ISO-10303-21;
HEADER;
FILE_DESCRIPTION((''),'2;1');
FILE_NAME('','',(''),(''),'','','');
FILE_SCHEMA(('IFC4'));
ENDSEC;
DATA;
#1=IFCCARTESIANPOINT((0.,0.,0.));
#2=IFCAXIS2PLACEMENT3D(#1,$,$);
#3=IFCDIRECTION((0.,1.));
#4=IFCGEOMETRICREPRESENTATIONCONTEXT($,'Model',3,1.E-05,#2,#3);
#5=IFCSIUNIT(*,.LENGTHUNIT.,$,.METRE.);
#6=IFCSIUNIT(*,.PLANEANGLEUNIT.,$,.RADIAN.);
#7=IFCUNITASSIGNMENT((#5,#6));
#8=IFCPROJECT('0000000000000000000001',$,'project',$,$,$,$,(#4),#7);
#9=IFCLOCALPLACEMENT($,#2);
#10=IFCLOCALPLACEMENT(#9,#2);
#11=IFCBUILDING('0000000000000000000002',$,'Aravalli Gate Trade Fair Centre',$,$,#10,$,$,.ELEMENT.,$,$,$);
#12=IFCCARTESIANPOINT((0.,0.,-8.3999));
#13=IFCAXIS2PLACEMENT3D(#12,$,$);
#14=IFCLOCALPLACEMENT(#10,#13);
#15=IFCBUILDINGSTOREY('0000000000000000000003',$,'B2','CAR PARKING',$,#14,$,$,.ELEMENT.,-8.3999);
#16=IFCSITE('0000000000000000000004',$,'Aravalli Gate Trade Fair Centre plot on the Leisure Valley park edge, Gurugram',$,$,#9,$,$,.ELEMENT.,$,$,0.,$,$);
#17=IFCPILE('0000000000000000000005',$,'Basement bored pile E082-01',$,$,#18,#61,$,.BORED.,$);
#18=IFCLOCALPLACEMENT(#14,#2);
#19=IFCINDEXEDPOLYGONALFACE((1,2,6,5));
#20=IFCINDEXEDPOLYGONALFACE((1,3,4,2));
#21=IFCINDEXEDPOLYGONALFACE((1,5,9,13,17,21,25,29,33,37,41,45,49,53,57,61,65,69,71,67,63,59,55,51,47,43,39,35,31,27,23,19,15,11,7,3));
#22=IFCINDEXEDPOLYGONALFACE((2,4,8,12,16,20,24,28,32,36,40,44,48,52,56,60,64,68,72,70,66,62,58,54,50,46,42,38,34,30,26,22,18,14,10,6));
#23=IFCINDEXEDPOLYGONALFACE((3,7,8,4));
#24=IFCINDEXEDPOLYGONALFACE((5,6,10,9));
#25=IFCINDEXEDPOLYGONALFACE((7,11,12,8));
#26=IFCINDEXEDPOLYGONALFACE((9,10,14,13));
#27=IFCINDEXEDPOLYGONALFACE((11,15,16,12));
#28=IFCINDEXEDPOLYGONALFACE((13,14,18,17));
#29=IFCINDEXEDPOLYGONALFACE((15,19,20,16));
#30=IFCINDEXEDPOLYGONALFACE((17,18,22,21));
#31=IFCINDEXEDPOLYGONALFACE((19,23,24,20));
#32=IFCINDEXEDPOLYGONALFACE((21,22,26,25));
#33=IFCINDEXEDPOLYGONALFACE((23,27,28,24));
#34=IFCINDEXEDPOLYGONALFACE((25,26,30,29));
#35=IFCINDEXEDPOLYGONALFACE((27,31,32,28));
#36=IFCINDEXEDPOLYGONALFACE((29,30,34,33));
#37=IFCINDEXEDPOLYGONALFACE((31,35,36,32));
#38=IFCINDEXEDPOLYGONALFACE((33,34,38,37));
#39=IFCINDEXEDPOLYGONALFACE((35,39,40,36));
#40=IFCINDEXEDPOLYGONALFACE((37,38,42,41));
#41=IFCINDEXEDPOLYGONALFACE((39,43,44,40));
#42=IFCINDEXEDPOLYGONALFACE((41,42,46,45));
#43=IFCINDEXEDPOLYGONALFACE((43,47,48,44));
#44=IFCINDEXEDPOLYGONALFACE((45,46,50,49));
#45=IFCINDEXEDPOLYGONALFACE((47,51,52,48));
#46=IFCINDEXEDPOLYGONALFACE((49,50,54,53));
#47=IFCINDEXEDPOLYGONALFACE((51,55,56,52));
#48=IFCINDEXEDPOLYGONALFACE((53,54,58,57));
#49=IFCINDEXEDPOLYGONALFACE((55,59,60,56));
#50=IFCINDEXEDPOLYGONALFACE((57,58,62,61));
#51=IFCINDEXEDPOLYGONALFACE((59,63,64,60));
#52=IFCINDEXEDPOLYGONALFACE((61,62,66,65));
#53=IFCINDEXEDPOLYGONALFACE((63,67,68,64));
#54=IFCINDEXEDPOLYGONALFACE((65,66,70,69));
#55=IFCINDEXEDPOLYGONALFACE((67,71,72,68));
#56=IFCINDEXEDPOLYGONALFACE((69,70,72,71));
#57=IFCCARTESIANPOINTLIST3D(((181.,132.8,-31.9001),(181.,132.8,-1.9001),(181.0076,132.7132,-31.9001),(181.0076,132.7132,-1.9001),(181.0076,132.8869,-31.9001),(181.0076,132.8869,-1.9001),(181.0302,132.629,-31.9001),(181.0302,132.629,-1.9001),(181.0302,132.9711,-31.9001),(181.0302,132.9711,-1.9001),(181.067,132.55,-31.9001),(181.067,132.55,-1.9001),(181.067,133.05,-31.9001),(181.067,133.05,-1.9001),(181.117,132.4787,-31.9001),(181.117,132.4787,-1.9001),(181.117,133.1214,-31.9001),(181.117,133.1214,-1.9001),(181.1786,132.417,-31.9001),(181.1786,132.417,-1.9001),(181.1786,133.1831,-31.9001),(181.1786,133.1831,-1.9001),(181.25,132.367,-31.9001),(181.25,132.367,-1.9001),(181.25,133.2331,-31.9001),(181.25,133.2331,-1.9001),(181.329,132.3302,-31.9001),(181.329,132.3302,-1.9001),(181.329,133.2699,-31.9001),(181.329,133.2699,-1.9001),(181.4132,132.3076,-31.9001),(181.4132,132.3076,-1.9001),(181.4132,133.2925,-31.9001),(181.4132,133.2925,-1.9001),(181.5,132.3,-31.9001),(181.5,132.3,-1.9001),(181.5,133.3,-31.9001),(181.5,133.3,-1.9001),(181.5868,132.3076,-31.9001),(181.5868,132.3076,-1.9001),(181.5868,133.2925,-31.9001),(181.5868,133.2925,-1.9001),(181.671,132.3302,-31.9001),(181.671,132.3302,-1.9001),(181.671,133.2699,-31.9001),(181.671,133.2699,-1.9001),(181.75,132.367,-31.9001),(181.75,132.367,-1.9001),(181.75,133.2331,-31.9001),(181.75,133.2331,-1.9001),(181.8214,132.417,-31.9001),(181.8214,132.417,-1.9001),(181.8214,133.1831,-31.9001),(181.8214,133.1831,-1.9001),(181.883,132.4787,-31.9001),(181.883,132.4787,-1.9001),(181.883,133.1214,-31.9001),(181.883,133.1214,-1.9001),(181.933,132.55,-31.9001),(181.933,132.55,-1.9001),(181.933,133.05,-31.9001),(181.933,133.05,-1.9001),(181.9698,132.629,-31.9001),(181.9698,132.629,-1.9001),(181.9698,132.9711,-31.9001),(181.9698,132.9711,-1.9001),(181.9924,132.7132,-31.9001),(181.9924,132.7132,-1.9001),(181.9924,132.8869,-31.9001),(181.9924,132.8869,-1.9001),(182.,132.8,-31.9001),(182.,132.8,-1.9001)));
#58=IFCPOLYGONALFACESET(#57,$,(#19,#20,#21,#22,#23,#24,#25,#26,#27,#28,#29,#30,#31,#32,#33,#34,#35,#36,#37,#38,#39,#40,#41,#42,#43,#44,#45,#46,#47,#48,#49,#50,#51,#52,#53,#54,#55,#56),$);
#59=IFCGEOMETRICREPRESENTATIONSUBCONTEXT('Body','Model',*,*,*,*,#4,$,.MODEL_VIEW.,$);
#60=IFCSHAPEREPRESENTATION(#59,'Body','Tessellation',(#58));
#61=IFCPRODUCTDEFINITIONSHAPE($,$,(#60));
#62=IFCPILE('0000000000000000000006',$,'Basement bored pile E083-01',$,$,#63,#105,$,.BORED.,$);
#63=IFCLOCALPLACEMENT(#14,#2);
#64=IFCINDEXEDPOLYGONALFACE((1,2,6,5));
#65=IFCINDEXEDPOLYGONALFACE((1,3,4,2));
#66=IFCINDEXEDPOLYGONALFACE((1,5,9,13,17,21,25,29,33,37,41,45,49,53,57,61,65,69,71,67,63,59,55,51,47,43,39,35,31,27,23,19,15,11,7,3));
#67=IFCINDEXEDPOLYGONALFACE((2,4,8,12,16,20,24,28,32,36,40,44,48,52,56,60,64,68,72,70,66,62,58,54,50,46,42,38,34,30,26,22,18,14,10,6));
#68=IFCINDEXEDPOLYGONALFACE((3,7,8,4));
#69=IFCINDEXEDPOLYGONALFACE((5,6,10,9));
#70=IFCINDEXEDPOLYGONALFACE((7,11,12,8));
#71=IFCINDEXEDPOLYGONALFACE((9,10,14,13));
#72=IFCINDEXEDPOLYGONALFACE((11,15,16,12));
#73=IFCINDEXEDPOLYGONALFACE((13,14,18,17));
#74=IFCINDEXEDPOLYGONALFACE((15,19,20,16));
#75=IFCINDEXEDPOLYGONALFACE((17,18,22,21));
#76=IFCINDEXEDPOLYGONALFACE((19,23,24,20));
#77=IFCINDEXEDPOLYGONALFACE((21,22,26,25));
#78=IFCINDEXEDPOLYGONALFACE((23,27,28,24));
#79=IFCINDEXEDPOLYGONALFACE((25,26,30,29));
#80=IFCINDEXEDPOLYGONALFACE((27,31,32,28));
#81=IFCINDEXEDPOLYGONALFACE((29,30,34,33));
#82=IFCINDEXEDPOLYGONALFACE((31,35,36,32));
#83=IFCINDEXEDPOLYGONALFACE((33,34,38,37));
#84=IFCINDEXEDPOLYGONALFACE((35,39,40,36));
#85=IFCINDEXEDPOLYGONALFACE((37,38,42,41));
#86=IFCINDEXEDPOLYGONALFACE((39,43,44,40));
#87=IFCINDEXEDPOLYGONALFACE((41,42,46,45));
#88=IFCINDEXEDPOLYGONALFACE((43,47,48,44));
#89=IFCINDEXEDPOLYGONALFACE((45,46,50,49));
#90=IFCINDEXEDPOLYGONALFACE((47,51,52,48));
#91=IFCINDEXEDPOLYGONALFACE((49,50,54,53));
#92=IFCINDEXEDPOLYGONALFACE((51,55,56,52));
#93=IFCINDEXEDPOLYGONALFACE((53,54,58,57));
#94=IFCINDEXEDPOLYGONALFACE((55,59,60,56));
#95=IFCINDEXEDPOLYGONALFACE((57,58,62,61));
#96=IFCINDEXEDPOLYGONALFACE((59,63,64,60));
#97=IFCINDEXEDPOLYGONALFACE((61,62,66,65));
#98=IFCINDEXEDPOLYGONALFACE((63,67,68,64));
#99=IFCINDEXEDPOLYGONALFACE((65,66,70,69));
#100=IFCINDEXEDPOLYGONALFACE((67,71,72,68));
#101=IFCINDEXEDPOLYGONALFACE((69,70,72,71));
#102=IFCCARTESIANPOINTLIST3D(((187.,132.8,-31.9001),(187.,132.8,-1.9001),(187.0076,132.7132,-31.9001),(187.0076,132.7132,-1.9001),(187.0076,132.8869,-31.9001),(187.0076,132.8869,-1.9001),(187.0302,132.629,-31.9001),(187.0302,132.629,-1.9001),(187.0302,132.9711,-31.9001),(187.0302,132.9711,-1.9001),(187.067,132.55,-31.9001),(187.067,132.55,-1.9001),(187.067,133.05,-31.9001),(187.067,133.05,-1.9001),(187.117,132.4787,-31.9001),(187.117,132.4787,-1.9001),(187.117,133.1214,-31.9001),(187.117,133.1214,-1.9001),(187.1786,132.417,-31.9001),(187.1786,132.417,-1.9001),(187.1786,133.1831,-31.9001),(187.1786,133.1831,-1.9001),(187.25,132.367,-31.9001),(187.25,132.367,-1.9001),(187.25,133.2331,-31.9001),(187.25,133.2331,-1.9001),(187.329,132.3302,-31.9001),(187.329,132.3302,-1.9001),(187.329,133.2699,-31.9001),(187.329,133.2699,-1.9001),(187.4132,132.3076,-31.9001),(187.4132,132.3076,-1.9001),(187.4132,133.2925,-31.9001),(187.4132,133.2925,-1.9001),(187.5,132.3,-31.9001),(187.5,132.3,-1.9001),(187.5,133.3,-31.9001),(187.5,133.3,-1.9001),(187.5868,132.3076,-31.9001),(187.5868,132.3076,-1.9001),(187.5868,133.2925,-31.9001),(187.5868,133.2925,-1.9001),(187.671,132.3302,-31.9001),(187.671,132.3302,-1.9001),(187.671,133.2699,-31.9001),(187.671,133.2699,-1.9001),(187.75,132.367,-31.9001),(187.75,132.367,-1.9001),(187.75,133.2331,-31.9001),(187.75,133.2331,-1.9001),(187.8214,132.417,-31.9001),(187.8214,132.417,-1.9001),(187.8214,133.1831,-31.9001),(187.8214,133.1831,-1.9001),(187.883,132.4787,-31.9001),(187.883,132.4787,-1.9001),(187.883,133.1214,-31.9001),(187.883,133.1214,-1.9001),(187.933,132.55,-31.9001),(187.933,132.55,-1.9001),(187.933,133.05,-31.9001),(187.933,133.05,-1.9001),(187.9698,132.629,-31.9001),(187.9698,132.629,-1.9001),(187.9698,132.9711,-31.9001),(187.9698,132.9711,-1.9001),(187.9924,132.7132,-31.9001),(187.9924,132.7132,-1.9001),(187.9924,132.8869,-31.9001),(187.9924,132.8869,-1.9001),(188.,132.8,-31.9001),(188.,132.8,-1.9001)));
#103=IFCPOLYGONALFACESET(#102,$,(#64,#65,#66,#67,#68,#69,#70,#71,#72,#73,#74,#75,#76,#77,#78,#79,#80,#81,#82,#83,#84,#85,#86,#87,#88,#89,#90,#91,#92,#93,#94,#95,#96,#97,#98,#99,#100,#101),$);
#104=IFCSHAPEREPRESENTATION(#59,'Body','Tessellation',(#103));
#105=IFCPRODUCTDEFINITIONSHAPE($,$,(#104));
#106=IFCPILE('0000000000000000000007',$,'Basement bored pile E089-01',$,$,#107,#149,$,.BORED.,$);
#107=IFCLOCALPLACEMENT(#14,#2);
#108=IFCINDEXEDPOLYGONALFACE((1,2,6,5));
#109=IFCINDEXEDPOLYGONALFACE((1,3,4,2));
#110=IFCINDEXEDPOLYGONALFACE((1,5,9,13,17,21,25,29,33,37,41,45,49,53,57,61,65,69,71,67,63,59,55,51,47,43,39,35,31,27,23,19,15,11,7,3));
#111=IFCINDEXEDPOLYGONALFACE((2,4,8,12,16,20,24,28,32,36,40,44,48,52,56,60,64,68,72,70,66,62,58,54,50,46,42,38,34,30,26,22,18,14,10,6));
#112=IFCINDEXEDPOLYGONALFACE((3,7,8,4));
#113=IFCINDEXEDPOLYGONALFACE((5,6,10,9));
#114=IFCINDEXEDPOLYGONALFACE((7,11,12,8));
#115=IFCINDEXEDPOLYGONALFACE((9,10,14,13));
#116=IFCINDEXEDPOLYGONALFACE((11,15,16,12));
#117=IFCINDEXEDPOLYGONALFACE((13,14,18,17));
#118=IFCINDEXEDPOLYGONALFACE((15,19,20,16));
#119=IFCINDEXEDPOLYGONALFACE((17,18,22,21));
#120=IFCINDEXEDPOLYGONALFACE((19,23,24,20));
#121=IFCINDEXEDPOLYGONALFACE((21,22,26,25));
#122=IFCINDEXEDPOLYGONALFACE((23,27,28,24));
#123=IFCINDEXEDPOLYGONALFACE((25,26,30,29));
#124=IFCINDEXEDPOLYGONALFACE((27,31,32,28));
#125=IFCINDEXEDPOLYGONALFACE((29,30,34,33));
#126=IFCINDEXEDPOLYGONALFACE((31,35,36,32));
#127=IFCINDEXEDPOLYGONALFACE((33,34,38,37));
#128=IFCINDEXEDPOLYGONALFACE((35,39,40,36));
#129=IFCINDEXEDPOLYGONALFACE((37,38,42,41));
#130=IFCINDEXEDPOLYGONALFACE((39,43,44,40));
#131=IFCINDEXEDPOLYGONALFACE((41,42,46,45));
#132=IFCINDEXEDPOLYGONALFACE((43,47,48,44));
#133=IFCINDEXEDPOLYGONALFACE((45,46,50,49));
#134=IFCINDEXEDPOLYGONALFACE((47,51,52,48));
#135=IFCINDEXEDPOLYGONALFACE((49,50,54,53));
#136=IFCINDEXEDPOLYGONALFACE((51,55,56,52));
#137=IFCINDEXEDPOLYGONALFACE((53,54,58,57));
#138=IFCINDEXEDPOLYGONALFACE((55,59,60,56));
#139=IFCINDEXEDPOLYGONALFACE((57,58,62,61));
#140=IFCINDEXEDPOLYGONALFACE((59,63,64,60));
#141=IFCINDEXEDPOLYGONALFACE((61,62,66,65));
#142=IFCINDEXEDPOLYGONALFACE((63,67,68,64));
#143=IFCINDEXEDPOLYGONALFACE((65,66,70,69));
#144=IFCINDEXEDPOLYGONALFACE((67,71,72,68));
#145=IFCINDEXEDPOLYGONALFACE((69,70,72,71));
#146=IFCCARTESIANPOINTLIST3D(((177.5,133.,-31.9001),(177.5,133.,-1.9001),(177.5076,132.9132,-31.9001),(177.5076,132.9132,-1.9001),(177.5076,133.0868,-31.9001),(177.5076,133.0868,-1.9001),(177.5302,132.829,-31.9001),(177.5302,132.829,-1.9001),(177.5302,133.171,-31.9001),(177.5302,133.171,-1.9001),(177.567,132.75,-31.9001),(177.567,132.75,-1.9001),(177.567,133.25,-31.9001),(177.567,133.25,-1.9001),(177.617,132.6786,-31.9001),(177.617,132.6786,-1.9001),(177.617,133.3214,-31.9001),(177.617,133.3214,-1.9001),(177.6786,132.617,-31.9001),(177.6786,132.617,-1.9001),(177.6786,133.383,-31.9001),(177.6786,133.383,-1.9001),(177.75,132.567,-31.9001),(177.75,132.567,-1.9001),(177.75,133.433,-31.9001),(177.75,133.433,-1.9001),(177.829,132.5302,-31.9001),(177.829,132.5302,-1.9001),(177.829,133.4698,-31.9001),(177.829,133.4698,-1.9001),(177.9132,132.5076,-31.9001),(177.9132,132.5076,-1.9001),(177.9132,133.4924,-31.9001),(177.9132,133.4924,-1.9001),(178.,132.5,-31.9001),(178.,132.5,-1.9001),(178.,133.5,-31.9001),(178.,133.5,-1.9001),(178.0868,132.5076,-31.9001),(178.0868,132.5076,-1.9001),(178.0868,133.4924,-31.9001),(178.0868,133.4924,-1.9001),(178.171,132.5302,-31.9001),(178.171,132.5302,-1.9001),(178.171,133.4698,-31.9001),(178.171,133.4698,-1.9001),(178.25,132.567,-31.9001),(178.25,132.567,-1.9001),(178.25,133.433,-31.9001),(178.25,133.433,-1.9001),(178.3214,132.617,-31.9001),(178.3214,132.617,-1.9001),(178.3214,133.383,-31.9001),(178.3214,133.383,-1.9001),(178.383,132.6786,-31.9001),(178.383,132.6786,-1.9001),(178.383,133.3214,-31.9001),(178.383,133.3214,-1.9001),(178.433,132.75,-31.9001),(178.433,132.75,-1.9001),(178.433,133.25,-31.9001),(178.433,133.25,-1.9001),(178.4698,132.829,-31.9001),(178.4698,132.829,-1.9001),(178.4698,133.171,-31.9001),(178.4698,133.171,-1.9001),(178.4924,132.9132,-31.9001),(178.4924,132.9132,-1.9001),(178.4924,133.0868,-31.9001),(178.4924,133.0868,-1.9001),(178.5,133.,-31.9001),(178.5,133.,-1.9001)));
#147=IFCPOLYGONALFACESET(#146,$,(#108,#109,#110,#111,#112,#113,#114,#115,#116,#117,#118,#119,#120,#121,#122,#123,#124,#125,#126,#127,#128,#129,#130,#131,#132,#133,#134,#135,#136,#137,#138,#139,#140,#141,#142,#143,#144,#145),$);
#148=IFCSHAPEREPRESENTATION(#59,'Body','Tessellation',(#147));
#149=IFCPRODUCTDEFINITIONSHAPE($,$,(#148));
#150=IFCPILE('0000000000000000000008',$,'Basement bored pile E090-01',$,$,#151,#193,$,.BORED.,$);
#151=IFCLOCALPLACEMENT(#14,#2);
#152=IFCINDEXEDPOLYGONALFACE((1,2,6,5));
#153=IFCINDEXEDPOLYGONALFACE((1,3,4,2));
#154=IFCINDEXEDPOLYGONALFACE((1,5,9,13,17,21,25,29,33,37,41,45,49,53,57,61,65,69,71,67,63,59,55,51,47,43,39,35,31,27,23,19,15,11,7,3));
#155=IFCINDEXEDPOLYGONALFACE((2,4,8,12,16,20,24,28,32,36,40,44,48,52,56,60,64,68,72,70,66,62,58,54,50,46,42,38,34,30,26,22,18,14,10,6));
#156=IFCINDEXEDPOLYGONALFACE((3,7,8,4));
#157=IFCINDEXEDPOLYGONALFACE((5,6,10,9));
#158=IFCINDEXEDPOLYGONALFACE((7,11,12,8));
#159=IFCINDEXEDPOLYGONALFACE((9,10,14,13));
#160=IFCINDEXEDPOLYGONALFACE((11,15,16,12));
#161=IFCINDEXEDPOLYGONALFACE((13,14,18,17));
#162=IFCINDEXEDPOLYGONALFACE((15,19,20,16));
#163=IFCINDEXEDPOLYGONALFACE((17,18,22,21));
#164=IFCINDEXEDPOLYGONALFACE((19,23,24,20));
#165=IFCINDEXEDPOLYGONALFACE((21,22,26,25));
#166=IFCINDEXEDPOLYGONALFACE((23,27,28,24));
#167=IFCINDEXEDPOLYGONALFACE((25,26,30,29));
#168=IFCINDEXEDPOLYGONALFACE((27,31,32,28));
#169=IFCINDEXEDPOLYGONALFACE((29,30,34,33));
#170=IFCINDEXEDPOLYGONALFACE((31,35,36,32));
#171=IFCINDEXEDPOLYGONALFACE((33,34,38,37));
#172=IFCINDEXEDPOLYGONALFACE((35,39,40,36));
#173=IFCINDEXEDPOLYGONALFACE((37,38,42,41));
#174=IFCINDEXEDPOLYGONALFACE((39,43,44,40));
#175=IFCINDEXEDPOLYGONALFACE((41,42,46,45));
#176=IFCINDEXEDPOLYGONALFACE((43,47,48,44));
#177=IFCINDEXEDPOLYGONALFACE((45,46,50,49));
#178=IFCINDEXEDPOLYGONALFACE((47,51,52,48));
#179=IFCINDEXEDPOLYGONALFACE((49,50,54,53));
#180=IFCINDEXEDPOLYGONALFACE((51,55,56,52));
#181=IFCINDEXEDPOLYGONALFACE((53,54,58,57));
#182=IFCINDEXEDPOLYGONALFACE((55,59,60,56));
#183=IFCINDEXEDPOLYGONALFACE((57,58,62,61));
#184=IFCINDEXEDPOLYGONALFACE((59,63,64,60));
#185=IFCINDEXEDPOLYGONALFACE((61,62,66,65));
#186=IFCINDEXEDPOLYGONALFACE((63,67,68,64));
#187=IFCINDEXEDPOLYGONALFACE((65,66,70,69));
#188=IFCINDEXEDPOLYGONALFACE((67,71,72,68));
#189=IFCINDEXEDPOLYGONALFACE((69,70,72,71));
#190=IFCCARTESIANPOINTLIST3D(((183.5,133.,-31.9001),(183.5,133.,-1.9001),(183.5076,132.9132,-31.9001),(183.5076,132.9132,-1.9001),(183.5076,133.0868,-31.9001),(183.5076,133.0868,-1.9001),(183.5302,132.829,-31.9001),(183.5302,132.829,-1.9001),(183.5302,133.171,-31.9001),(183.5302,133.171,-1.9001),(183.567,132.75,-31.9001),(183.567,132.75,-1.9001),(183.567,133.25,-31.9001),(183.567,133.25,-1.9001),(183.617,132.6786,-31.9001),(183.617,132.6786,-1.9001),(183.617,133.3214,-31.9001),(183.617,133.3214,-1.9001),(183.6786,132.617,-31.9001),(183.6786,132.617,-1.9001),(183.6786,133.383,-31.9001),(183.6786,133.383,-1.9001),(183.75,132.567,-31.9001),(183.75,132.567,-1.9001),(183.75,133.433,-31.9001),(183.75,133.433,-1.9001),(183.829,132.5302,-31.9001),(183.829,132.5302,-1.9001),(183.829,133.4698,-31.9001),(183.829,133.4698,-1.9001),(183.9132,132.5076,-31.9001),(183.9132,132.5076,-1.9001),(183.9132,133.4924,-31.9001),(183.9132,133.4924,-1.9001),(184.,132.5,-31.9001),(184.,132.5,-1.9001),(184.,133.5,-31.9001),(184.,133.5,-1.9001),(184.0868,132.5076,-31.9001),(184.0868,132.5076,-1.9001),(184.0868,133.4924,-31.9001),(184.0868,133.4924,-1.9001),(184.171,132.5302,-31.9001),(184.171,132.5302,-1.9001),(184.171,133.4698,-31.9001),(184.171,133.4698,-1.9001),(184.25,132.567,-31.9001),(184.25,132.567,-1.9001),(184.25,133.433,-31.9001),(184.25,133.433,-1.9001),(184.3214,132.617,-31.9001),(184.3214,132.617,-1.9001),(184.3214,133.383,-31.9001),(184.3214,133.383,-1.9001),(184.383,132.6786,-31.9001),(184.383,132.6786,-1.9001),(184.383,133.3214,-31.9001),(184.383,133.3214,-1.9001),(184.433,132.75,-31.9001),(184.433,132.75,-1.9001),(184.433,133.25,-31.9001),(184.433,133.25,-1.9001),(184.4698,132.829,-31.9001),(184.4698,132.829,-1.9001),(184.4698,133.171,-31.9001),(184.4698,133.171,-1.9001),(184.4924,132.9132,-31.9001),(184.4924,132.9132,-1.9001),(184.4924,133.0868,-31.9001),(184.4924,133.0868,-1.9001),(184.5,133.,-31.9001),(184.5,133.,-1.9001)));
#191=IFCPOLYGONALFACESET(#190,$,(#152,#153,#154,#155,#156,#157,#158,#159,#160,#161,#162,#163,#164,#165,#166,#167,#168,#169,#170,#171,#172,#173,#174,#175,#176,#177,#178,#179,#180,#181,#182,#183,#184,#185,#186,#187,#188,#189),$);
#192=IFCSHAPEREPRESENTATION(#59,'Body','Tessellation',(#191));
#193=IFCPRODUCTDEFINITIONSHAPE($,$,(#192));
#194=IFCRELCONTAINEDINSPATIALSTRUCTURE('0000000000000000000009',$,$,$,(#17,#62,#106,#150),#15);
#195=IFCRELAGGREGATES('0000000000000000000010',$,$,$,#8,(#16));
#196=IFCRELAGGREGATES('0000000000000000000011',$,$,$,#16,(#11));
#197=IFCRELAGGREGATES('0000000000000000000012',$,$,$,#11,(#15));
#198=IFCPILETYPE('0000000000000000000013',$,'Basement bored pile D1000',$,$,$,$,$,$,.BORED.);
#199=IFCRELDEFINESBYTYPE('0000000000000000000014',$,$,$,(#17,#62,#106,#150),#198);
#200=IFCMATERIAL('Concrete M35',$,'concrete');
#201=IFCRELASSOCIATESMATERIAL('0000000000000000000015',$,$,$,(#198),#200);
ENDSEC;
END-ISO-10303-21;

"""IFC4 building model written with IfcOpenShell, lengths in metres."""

from ifc_helpers import new_model, si_unit, direction, frame, origin, origin_2d, place, context, subcontext, project, spatial, circle, extrude, material, material_profile, profile_set, type_object, element, save


model = new_model("IFC4")

# Units and contexts
model_context = context("Model", 3, precision=1e-05, world=origin(), true_north=direction((0.0, 1.0)))
body_context = subcontext(model_context, "Body", "Model", "MODEL_VIEW")
ifc_project = project(units=[si_unit("LENGTHUNIT", "METRE"), si_unit("PLANEANGLEUNIT", "RADIAN")], contexts=[model_context])

# Site, building, storey
site_placement = place(None, origin())
site = spatial("IfcSite", under=ifc_project, at=site_placement, Name="Aravalli Gate Trade Fair Centre plot on the Leisure Valley park edge, Gurugram", CompositionType="ELEMENT", RefElevation=0.0)
building_placement = place(site_placement, origin())
building = spatial("IfcBuilding", under=site, at=building_placement, Name="Aravalli Gate Trade Fair Centre", CompositionType="ELEMENT")
storey_placement = place(building_placement, frame((0.0, 0.0, -8.3999)))
storey = spatial("IfcBuildingStorey", under=building, at=storey_placement, Name="B2", Description="CAR PARKING", CompositionType="ELEMENT", Elevation=-8.3999)

# Piles
ifc_material_1 = material(Name="Concrete M35", Category="concrete")
ifc_material_profile_1 = material_profile(ifc_material_1, circle(Radius=0.5, at=origin_2d()), Name="D1000")
ifc_profile_set_1 = profile_set([ifc_material_profile_1], Name="Concrete M35")
pile_type = type_object("IfcPileType", Name="Basement bored pile D1000", PredefinedType="BORED", material=ifc_profile_set_1)
for number, where, z_axis, x_axis, name in (
    (1, (181.5, 132.8, -1.9001), (0.0, 0.0, -1.0), (1.0, 0.0, 0.0), "Basement bored pile E082-01"),
    (2, (187.5, 132.8, -1.9001), (0.0, 0.0, -1.0), (1.0, 0.0, 0.0), "Basement bored pile E083-01"),
    (3, (178.0, 133.0, -1.9001), (0.0, 0.0, -1.0), (1.0, 0.0, 0.0), "Basement bored pile E089-01"),
    (4, (184.0, 133.0, -1.9001), (0.0, 0.0, -1.0), (1.0, 0.0, 0.0), "Basement bored pile E090-01"),
):
    element("IfcPile", number, at=place(storey_placement, frame(where, z_axis=z_axis, x_axis=x_axis)), inside=storey, type_object=pile_type, Name=name, PredefinedType="BORED", context=body_context, shape_type="SweptSolid", body=[
        extrude(circle(Radius=0.5, at=origin_2d()), origin(), (0.0, 0.0, 1.0), 30.0),
    ])

save(model, "model.ifc")
